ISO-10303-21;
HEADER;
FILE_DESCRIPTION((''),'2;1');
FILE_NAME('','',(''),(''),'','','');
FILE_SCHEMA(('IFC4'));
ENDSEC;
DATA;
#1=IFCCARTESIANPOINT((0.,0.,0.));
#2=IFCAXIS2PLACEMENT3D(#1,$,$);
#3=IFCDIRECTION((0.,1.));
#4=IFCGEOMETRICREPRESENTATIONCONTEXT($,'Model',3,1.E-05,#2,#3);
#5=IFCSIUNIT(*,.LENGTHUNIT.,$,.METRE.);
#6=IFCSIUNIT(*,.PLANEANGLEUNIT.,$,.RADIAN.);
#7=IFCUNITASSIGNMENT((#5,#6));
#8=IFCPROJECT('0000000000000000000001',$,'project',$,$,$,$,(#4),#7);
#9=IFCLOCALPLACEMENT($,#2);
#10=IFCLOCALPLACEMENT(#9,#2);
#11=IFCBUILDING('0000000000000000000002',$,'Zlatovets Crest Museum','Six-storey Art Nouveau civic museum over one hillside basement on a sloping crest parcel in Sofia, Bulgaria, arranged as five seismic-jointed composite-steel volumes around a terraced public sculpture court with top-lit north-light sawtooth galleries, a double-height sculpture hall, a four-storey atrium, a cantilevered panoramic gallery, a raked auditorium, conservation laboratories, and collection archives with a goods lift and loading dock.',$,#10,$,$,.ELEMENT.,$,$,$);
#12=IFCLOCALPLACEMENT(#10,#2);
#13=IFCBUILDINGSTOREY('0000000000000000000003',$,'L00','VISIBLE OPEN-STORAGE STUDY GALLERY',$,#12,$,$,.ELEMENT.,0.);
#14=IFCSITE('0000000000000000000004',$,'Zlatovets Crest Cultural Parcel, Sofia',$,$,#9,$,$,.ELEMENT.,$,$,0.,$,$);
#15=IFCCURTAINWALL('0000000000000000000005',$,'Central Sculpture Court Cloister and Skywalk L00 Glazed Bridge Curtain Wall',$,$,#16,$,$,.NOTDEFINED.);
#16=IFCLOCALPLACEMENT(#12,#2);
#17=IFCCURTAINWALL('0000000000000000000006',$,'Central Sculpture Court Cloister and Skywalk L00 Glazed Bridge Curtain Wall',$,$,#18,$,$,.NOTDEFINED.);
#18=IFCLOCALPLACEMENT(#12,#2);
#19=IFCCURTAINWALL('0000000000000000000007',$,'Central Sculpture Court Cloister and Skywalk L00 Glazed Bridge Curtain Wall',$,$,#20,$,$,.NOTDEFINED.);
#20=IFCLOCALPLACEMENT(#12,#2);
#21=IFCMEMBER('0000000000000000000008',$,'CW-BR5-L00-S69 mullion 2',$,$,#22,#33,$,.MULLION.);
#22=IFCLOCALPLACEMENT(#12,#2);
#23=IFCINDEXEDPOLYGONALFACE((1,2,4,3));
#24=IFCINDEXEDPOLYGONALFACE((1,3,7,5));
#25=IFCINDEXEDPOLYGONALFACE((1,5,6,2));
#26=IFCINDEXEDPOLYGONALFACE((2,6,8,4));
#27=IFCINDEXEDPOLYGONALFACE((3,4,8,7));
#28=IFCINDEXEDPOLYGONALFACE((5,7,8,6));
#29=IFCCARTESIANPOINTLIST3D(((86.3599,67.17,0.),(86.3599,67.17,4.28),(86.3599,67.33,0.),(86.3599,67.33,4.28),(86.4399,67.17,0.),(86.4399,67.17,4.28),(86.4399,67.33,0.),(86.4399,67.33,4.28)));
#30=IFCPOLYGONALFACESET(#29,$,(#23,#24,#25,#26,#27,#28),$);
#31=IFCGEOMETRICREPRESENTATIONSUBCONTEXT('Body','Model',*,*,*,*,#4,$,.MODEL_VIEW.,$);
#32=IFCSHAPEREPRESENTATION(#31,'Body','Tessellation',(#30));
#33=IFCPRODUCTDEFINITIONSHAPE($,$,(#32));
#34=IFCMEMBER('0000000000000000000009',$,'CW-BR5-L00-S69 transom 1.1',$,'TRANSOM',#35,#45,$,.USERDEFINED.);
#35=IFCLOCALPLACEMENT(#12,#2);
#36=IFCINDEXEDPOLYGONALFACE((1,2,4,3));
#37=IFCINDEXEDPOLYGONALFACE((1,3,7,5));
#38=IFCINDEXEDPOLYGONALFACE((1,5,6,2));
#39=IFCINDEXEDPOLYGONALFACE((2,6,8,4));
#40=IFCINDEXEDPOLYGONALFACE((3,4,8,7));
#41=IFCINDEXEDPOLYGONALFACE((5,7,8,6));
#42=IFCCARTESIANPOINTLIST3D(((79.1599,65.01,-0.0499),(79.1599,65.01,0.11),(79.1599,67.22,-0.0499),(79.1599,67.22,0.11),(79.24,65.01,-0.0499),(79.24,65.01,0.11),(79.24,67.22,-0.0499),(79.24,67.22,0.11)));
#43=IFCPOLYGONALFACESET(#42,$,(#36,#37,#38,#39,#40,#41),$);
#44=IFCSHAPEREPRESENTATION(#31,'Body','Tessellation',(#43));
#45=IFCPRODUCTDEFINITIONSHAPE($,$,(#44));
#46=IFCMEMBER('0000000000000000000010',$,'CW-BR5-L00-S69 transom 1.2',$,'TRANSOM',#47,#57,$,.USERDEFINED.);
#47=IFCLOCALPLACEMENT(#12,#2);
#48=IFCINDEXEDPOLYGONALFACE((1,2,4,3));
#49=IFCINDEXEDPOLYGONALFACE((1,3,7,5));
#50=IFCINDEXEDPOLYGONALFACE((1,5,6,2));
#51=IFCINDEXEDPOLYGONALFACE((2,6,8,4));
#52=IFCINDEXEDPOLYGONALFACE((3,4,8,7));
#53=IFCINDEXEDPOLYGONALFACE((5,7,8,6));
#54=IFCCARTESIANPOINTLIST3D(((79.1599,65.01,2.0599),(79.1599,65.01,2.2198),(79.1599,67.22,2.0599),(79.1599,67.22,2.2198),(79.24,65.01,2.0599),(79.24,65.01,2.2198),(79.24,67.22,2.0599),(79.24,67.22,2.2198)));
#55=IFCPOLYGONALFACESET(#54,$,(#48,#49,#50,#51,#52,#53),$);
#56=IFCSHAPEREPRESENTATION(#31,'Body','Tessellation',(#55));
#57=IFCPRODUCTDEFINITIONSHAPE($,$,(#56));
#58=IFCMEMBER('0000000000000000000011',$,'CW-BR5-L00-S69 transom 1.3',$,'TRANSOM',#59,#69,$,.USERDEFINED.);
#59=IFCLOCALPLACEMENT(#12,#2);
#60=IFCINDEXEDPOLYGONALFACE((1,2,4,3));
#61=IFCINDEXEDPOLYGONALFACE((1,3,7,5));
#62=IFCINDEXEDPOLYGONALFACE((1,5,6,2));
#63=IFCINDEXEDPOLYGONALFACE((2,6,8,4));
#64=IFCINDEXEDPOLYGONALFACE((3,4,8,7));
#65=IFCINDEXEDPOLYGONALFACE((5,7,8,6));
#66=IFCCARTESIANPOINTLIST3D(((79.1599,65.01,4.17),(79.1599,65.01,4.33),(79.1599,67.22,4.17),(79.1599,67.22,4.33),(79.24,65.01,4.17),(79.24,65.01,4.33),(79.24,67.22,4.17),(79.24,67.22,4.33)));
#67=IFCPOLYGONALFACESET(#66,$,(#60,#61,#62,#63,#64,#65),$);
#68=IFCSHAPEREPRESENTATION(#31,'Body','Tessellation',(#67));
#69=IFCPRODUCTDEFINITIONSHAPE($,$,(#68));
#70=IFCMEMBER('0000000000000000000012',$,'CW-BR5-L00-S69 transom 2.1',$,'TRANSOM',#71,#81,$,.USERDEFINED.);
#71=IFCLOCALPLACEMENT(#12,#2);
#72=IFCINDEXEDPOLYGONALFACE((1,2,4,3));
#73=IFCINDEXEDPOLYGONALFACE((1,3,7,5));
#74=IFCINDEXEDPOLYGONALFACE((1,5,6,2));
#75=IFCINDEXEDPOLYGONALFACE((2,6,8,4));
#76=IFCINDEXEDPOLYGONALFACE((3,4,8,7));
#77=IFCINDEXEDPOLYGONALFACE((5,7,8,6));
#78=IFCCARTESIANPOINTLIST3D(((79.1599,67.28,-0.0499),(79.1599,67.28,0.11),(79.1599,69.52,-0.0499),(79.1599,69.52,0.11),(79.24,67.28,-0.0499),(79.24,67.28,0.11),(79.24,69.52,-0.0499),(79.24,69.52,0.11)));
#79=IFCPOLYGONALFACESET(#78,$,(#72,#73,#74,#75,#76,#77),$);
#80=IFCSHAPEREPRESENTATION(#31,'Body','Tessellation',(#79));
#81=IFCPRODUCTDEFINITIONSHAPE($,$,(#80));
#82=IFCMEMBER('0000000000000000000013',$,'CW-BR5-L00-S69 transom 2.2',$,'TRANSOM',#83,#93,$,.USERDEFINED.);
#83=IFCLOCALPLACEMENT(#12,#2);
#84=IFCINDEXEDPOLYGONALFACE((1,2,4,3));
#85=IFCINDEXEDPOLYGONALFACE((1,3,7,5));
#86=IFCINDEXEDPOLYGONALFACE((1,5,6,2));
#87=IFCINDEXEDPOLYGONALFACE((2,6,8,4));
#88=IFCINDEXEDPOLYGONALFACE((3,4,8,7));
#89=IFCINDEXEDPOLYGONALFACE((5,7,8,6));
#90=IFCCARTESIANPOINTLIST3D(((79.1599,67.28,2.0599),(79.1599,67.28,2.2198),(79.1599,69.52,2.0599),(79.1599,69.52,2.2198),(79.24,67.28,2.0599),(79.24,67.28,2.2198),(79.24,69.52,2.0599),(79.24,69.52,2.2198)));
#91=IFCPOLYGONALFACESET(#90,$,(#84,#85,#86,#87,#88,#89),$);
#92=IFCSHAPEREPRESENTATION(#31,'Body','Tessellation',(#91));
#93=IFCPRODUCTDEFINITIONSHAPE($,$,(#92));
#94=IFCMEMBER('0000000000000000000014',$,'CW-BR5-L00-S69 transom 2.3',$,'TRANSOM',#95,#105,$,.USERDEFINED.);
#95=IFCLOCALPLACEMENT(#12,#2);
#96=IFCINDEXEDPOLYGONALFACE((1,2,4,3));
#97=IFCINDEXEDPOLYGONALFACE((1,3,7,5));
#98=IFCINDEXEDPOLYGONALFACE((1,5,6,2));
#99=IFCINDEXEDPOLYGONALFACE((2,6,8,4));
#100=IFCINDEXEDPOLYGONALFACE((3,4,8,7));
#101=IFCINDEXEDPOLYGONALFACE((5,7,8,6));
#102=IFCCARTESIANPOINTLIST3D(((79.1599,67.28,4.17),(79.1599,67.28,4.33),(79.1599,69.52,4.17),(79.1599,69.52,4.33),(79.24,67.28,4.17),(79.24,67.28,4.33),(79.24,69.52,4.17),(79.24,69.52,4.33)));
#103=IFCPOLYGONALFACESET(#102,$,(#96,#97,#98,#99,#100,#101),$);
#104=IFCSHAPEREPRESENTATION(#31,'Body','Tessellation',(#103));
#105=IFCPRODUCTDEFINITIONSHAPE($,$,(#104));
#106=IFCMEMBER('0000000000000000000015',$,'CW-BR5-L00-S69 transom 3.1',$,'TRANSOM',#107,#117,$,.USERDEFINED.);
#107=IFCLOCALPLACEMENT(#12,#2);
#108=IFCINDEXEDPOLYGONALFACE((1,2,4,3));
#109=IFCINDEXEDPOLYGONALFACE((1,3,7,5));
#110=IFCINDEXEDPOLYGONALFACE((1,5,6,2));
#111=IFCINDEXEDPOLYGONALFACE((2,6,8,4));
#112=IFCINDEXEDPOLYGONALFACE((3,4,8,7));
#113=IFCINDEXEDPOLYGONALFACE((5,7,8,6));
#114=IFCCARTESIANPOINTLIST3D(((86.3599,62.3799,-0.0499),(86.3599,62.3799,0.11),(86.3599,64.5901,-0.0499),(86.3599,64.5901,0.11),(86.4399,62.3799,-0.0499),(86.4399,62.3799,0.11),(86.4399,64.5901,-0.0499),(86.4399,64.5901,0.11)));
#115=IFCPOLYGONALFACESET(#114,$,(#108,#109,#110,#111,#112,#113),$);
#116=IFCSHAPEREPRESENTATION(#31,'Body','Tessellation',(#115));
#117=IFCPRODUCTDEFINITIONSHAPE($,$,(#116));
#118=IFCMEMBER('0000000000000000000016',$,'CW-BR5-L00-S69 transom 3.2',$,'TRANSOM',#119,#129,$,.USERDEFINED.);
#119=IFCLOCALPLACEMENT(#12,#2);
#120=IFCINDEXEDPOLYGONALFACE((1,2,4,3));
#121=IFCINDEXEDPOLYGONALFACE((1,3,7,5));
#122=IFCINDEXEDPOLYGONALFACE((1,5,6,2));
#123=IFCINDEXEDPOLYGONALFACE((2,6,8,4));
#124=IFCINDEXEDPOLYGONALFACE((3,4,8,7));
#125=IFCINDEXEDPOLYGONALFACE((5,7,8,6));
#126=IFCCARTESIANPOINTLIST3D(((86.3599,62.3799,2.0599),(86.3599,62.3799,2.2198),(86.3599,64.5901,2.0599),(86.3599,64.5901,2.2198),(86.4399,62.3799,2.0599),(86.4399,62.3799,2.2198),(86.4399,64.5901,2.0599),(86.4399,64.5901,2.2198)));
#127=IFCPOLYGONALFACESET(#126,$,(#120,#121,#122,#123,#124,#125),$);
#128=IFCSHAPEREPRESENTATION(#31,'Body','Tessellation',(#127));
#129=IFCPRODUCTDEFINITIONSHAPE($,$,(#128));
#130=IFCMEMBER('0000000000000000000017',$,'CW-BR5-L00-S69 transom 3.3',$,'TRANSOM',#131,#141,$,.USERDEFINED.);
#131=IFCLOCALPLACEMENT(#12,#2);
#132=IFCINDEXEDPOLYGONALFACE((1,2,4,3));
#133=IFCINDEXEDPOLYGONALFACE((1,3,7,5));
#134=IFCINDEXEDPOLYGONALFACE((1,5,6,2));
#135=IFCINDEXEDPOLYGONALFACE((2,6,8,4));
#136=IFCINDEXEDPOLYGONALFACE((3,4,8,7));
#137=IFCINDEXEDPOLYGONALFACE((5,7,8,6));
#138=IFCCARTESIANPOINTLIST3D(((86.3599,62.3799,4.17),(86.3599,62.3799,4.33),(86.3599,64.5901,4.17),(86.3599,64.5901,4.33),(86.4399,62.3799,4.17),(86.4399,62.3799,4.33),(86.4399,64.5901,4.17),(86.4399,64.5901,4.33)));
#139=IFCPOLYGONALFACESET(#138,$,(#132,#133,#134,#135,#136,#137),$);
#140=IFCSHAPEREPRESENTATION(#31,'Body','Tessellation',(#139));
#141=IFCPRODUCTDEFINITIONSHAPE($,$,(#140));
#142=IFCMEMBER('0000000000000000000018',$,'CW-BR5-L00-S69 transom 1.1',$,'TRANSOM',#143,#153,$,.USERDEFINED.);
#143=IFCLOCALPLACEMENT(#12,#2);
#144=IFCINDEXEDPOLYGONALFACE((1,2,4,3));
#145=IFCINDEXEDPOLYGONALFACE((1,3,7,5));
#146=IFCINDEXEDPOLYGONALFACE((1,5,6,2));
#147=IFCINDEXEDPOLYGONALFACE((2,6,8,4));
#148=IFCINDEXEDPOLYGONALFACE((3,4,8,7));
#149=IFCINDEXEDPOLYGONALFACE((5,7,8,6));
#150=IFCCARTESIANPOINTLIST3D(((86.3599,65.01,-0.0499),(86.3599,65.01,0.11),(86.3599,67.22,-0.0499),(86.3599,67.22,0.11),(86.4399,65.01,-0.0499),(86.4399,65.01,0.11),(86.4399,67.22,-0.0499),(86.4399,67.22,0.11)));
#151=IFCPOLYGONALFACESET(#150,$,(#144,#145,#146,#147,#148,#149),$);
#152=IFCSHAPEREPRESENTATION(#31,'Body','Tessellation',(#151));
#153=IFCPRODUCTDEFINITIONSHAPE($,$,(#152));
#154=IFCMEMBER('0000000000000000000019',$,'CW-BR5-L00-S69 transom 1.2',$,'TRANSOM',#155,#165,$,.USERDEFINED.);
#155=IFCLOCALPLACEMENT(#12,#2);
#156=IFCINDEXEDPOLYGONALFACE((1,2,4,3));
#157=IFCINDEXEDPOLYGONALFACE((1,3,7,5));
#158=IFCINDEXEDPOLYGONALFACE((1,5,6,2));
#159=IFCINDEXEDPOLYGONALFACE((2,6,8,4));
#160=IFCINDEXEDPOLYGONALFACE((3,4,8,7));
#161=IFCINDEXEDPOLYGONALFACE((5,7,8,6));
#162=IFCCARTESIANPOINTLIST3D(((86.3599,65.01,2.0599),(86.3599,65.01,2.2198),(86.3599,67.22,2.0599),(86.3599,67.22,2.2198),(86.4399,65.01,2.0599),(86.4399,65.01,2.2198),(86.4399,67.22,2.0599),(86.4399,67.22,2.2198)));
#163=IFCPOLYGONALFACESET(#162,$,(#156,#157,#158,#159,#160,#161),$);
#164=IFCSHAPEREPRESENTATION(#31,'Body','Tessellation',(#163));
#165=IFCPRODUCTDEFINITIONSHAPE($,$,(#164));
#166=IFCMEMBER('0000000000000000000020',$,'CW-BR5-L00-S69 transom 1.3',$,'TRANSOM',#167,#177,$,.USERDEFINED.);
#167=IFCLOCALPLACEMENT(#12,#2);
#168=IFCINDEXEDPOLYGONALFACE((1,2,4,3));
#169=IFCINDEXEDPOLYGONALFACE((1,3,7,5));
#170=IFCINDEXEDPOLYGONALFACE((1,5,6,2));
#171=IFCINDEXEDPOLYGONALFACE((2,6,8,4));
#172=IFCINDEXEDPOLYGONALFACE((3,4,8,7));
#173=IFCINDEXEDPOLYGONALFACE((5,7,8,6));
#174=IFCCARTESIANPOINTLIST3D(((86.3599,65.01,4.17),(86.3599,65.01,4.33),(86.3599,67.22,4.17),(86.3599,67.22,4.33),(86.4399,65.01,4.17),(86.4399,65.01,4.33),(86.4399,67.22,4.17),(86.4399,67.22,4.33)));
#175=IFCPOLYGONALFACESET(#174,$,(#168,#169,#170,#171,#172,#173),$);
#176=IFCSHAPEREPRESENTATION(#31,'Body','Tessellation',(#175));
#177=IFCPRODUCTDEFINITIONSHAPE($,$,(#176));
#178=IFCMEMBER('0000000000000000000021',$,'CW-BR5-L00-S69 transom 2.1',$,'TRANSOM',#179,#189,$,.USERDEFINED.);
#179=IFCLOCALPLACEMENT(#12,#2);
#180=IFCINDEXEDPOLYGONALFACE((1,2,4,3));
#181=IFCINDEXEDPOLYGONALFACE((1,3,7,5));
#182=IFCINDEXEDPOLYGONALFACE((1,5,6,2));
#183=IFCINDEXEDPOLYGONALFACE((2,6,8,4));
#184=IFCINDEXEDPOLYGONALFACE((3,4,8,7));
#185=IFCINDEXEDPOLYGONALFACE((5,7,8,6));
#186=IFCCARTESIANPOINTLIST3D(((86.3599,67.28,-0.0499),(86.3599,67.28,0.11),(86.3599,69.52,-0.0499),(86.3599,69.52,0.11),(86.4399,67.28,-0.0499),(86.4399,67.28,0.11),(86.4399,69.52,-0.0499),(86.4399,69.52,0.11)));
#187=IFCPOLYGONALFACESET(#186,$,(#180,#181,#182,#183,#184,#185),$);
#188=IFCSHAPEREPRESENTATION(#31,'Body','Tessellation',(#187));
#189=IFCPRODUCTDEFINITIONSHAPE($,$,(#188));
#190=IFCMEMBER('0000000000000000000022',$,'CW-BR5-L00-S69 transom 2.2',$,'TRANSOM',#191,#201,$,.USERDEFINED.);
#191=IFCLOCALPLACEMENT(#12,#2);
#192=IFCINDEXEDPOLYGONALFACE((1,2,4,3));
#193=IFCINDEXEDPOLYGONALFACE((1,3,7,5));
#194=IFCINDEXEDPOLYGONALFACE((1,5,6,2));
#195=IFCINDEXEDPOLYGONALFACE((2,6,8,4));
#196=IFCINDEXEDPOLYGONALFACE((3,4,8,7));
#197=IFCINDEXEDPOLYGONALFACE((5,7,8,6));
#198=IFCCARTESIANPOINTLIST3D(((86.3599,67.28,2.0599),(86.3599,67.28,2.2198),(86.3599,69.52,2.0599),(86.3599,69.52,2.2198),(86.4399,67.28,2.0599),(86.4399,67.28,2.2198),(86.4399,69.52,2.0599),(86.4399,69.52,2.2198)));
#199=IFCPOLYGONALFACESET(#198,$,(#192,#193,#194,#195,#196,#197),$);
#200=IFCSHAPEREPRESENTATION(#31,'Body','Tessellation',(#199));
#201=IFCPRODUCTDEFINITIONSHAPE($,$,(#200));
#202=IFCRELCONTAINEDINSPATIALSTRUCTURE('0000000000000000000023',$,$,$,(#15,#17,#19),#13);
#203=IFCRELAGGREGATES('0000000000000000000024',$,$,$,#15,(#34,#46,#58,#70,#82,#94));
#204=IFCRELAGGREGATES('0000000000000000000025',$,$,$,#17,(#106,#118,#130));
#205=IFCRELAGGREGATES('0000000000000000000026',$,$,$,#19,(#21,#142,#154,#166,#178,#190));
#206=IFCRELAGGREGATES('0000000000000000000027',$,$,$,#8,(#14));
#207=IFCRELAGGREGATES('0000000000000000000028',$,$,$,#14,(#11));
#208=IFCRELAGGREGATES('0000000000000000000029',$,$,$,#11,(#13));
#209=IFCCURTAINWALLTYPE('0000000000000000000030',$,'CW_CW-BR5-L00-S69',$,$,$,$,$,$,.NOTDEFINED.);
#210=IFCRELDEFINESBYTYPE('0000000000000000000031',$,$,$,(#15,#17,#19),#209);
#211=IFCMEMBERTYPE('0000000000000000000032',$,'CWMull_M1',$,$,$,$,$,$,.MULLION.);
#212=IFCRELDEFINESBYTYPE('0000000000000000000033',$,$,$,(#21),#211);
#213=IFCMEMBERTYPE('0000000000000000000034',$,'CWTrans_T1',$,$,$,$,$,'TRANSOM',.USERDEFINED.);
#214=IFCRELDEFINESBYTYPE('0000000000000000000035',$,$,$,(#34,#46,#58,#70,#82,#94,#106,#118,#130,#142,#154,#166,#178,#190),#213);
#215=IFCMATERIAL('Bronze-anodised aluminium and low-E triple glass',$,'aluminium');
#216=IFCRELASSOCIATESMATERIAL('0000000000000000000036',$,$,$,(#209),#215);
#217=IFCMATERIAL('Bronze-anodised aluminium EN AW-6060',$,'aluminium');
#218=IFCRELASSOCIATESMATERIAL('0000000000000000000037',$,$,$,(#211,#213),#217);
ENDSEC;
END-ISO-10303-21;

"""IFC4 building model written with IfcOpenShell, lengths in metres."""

from ifc_helpers import new_model, si_unit, direction, frame, origin, origin_2d, place, context, subcontext, project, spatial, rectangle, extrude, material, material_profile, profile_set, type_object, element, aggregate, save


model = new_model("IFC4")

# Units and contexts
model_context = context("Model", 3, precision=1e-05, world=origin(), true_north=direction((0.0, 1.0)))
body_context = subcontext(model_context, "Body", "Model", "MODEL_VIEW")
ifc_project = project(units=[si_unit("LENGTHUNIT", "METRE"), si_unit("PLANEANGLEUNIT", "RADIAN")], contexts=[model_context])

# Site, building, storey
site_placement = place(None, origin())
site = spatial("IfcSite", under=ifc_project, at=site_placement, Name="Zlatovets Crest Cultural Parcel, Sofia", CompositionType="ELEMENT", RefElevation=0.0)
building_placement = place(site_placement, origin())
building = spatial("IfcBuilding", under=site, at=building_placement, Name="Zlatovets Crest Museum", Description="Six-storey Art Nouveau civic museum over one hillside basement on a sloping crest parcel in Sofia, Bulgaria, arranged as five seismic-jointed composite-steel volumes around a terraced public sculpture court with top-lit north-light sawtooth galleries, a double-height sculpture hall, a four-storey atrium, a cantilevered panoramic gallery, a raked auditorium, conservation laboratories, and collection archives with a goods lift and loading dock.", CompositionType="ELEMENT")
storey_placement = place(building_placement, origin())
storey = spatial("IfcBuildingStorey", under=building, at=storey_placement, Name="L00", Description="VISIBLE OPEN-STORAGE STUDY GALLERY", CompositionType="ELEMENT", Elevation=0.0)

# Shared definitions
ifc_material_1 = material(Name="Bronze-anodised aluminium and low-E triple glass", Category="aluminium")
curtain_wall_type = type_object("IfcCurtainWallType", Name="CW_CW-BR5-L00-S69", PredefinedType="NOTDEFINED", material=ifc_material_1)
ifc_material_2 = material(Name="Bronze-anodised aluminium EN AW-6060", Category="aluminium")
ifc_material_profile_1 = material_profile(ifc_material_2, rectangle(XDim=0.0801, YDim=0.1599, at=origin_2d()), Name="ALU 80x160")
ifc_profile_set_1 = profile_set([ifc_material_profile_1], Name="Bronze-anodised aluminium EN AW-6060")
member_type_1 = type_object("IfcMemberType", Name="CWMull_M1", PredefinedType="MULLION", material=ifc_profile_set_1)

# Curtain wall
curtain_wall_1_placement = place(storey_placement, origin())
curtain_wall_1 = element("IfcCurtainWall", 1, at=curtain_wall_1_placement, inside=storey, type_object=curtain_wall_type, Name="Central Sculpture Court Cloister and Skywalk L00 Glazed Bridge Curtain Wall", PredefinedType="NOTDEFINED")

# Curtain wall
curtain_wall_2_placement = place(storey_placement, origin())
curtain_wall_2 = element("IfcCurtainWall", 2, at=curtain_wall_2_placement, inside=storey, type_object=curtain_wall_type, Name="Central Sculpture Court Cloister and Skywalk L00 Glazed Bridge Curtain Wall", PredefinedType="NOTDEFINED")

# Curtain wall, member
curtain_wall_3_placement = place(storey_placement, origin())
curtain_wall_3 = element("IfcCurtainWall", 3, at=curtain_wall_3_placement, inside=storey, type_object=curtain_wall_type, Name="Central Sculpture Court Cloister and Skywalk L00 Glazed Bridge Curtain Wall", PredefinedType="NOTDEFINED")
member_1_placement = place(storey_placement, frame((86.3999, 67.25, 0.0), z_axis=(0.0, 0.0, 1.0), x_axis=(-1.0, 0.0, 0.0)))
member_1 = element("IfcMember", 4, at=member_1_placement, type_object=member_type_1, Name="CW-BR5-L00-S69 mullion 2", PredefinedType="MULLION", context=body_context, shape_type="SweptSolid", body=[
    extrude(rectangle(XDim=0.0801, YDim=0.1599, at=origin_2d()), origin(), (0.0, 0.0, 1.0), 4.28),
])

# Members
ifc_material_profile_2 = material_profile(ifc_material_2, rectangle(XDim=0.0801, YDim=0.1599, at=origin_2d()), Name="ALU 80x160")
ifc_profile_set_2 = profile_set([ifc_material_profile_2], Name="Bronze-anodised aluminium EN AW-6060")
member_type_2 = type_object("IfcMemberType", Name="CWTrans_T1", ElementType="TRANSOM", PredefinedType="USERDEFINED", material=ifc_profile_set_2)
member_2_placement = place(storey_placement, frame((79.2, 65.01, 0.03), z_axis=(0.0, 1.0, 0.0), x_axis=(-1.0, 0.0, 0.0)))
member_2 = element("IfcMember", 5, at=member_2_placement, type_object=member_type_2, Name="CW-BR5-L00-S69 transom 1.1", ObjectType="TRANSOM", PredefinedType="USERDEFINED", context=body_context, shape_type="SweptSolid", body=[
    extrude(rectangle(XDim=0.0801, YDim=0.1599, at=origin_2d()), origin(), (0.0, 0.0, 1.0), 2.21),
])
member_3_placement = place(storey_placement, frame((79.2, 65.01, 2.1399), z_axis=(0.0, 1.0, 0.0), x_axis=(-1.0, 0.0, 0.0)))
member_3 = element("IfcMember", 6, at=member_3_placement, type_object=member_type_2, Name="CW-BR5-L00-S69 transom 1.2", ObjectType="TRANSOM", PredefinedType="USERDEFINED", context=body_context, shape_type="SweptSolid", body=[
    extrude(rectangle(XDim=0.0801, YDim=0.1599, at=origin_2d()), origin(), (0.0, 0.0, 1.0), 2.21),
])
member_4_placement = place(storey_placement, frame((79.2, 65.01, 4.25), z_axis=(0.0, 1.0, 0.0), x_axis=(-1.0, 0.0, 0.0)))
member_4 = element("IfcMember", 7, at=member_4_placement, type_object=member_type_2, Name="CW-BR5-L00-S69 transom 1.3", ObjectType="TRANSOM", PredefinedType="USERDEFINED", context=body_context, shape_type="SweptSolid", body=[
    extrude(rectangle(XDim=0.0801, YDim=0.1599, at=origin_2d()), origin(), (0.0, 0.0, 1.0), 2.21),
])
member_5_placement = place(storey_placement, frame((79.2, 67.28, 0.03), z_axis=(0.0, 1.0, 0.0), x_axis=(-1.0, 0.0, 0.0)))
member_5 = element("IfcMember", 8, at=member_5_placement, type_object=member_type_2, Name="CW-BR5-L00-S69 transom 2.1", ObjectType="TRANSOM", PredefinedType="USERDEFINED", context=body_context, shape_type="SweptSolid", body=[
    extrude(rectangle(XDim=0.0801, YDim=0.1599, at=origin_2d()), origin(), (0.0, 0.0, 1.0), 2.24),
])
member_6_placement = place(storey_placement, frame((79.2, 67.28, 2.1399), z_axis=(0.0, 1.0, 0.0), x_axis=(-1.0, 0.0, 0.0)))
member_6 = element("IfcMember", 9, at=member_6_placement, type_object=member_type_2, Name="CW-BR5-L00-S69 transom 2.2", ObjectType="TRANSOM", PredefinedType="USERDEFINED", context=body_context, shape_type="SweptSolid", body=[
    extrude(rectangle(XDim=0.0801, YDim=0.1599, at=origin_2d()), origin(), (0.0, 0.0, 1.0), 2.24),
])
member_7_placement = place(storey_placement, frame((79.2, 67.28, 4.25), z_axis=(0.0, 1.0, 0.0), x_axis=(-1.0, 0.0, 0.0)))
member_7 = element("IfcMember", 10, at=member_7_placement, type_object=member_type_2, Name="CW-BR5-L00-S69 transom 2.3", ObjectType="TRANSOM", PredefinedType="USERDEFINED", context=body_context, shape_type="SweptSolid", body=[
    extrude(rectangle(XDim=0.0801, YDim=0.1599, at=origin_2d()), origin(), (0.0, 0.0, 1.0), 2.24),
])
member_8_placement = place(storey_placement, frame((86.3999, 62.3799, 0.03), z_axis=(0.0, 1.0, 0.0), x_axis=(-1.0, 0.0, 0.0)))
member_8 = element("IfcMember", 11, at=member_8_placement, type_object=member_type_2, Name="CW-BR5-L00-S69 transom 3.1", ObjectType="TRANSOM", PredefinedType="USERDEFINED", context=body_context, shape_type="SweptSolid", body=[
    extrude(rectangle(XDim=0.0801, YDim=0.1599, at=origin_2d()), origin(), (0.0, 0.0, 1.0), 2.2102),
])
member_9_placement = place(storey_placement, frame((86.3999, 62.3799, 2.1399), z_axis=(0.0, 1.0, 0.0), x_axis=(-1.0, 0.0, 0.0)))
member_9 = element("IfcMember", 12, at=member_9_placement, type_object=member_type_2, Name="CW-BR5-L00-S69 transom 3.2", ObjectType="TRANSOM", PredefinedType="USERDEFINED", context=body_context, shape_type="SweptSolid", body=[
    extrude(rectangle(XDim=0.0801, YDim=0.1599, at=origin_2d()), origin(), (0.0, 0.0, 1.0), 2.2102),
])
member_10_placement = place(storey_placement, frame((86.3999, 62.3799, 4.25), z_axis=(0.0, 1.0, 0.0), x_axis=(-1.0, 0.0, 0.0)))
member_10 = element("IfcMember", 13, at=member_10_placement, type_object=member_type_2, Name="CW-BR5-L00-S69 transom 3.3", ObjectType="TRANSOM", PredefinedType="USERDEFINED", context=body_context, shape_type="SweptSolid", body=[
    extrude(rectangle(XDim=0.0801, YDim=0.1599, at=origin_2d()), origin(), (0.0, 0.0, 1.0), 2.2102),
])
member_11_placement = place(storey_placement, frame((86.3999, 65.01, 0.03), z_axis=(0.0, 1.0, 0.0), x_axis=(-1.0, 0.0, 0.0)))
member_11 = element("IfcMember", 14, at=member_11_placement, type_object=member_type_2, Name="CW-BR5-L00-S69 transom 1.1", ObjectType="TRANSOM", PredefinedType="USERDEFINED", context=body_context, shape_type="SweptSolid", body=[
    extrude(rectangle(XDim=0.0801, YDim=0.1599, at=origin_2d()), origin(), (0.0, 0.0, 1.0), 2.21),
])
member_12_placement = place(storey_placement, frame((86.3999, 65.01, 2.1399), z_axis=(0.0, 1.0, 0.0), x_axis=(-1.0, 0.0, 0.0)))
member_12 = element("IfcMember", 15, at=member_12_placement, type_object=member_type_2, Name="CW-BR5-L00-S69 transom 1.2", ObjectType="TRANSOM", PredefinedType="USERDEFINED", context=body_context, shape_type="SweptSolid", body=[
    extrude(rectangle(XDim=0.0801, YDim=0.1599, at=origin_2d()), origin(), (0.0, 0.0, 1.0), 2.21),
])
member_13_placement = place(storey_placement, frame((86.3999, 65.01, 4.25), z_axis=(0.0, 1.0, 0.0), x_axis=(-1.0, 0.0, 0.0)))
member_13 = element("IfcMember", 16, at=member_13_placement, type_object=member_type_2, Name="CW-BR5-L00-S69 transom 1.3", ObjectType="TRANSOM", PredefinedType="USERDEFINED", context=body_context, shape_type="SweptSolid", body=[
    extrude(rectangle(XDim=0.0801, YDim=0.1599, at=origin_2d()), origin(), (0.0, 0.0, 1.0), 2.21),
])
member_14_placement = place(storey_placement, frame((86.3999, 67.28, 0.03), z_axis=(0.0, 1.0, 0.0), x_axis=(-1.0, 0.0, 0.0)))
member_14 = element("IfcMember", 17, at=member_14_placement, type_object=member_type_2, Name="CW-BR5-L00-S69 transom 2.1", ObjectType="TRANSOM", PredefinedType="USERDEFINED", context=body_context, shape_type="SweptSolid", body=[
    extrude(rectangle(XDim=0.0801, YDim=0.1599, at=origin_2d()), origin(), (0.0, 0.0, 1.0), 2.24),
])
member_15_placement = place(storey_placement, frame((86.3999, 67.28, 2.1399), z_axis=(0.0, 1.0, 0.0), x_axis=(-1.0, 0.0, 0.0)))
member_15 = element("IfcMember", 18, at=member_15_placement, type_object=member_type_2, Name="CW-BR5-L00-S69 transom 2.2", ObjectType="TRANSOM", PredefinedType="USERDEFINED", context=body_context, shape_type="SweptSolid", body=[
    extrude(rectangle(XDim=0.0801, YDim=0.1599, at=origin_2d()), origin(), (0.0, 0.0, 1.0), 2.24),
])

aggregate(curtain_wall_1, [member_2, member_3, member_4, member_5, member_6, member_7])
aggregate(curtain_wall_2, [member_8, member_9, member_10])
aggregate(curtain_wall_3, [member_1, member_11, member_12, member_13, member_14, member_15])

save(model, "model.ifc")
